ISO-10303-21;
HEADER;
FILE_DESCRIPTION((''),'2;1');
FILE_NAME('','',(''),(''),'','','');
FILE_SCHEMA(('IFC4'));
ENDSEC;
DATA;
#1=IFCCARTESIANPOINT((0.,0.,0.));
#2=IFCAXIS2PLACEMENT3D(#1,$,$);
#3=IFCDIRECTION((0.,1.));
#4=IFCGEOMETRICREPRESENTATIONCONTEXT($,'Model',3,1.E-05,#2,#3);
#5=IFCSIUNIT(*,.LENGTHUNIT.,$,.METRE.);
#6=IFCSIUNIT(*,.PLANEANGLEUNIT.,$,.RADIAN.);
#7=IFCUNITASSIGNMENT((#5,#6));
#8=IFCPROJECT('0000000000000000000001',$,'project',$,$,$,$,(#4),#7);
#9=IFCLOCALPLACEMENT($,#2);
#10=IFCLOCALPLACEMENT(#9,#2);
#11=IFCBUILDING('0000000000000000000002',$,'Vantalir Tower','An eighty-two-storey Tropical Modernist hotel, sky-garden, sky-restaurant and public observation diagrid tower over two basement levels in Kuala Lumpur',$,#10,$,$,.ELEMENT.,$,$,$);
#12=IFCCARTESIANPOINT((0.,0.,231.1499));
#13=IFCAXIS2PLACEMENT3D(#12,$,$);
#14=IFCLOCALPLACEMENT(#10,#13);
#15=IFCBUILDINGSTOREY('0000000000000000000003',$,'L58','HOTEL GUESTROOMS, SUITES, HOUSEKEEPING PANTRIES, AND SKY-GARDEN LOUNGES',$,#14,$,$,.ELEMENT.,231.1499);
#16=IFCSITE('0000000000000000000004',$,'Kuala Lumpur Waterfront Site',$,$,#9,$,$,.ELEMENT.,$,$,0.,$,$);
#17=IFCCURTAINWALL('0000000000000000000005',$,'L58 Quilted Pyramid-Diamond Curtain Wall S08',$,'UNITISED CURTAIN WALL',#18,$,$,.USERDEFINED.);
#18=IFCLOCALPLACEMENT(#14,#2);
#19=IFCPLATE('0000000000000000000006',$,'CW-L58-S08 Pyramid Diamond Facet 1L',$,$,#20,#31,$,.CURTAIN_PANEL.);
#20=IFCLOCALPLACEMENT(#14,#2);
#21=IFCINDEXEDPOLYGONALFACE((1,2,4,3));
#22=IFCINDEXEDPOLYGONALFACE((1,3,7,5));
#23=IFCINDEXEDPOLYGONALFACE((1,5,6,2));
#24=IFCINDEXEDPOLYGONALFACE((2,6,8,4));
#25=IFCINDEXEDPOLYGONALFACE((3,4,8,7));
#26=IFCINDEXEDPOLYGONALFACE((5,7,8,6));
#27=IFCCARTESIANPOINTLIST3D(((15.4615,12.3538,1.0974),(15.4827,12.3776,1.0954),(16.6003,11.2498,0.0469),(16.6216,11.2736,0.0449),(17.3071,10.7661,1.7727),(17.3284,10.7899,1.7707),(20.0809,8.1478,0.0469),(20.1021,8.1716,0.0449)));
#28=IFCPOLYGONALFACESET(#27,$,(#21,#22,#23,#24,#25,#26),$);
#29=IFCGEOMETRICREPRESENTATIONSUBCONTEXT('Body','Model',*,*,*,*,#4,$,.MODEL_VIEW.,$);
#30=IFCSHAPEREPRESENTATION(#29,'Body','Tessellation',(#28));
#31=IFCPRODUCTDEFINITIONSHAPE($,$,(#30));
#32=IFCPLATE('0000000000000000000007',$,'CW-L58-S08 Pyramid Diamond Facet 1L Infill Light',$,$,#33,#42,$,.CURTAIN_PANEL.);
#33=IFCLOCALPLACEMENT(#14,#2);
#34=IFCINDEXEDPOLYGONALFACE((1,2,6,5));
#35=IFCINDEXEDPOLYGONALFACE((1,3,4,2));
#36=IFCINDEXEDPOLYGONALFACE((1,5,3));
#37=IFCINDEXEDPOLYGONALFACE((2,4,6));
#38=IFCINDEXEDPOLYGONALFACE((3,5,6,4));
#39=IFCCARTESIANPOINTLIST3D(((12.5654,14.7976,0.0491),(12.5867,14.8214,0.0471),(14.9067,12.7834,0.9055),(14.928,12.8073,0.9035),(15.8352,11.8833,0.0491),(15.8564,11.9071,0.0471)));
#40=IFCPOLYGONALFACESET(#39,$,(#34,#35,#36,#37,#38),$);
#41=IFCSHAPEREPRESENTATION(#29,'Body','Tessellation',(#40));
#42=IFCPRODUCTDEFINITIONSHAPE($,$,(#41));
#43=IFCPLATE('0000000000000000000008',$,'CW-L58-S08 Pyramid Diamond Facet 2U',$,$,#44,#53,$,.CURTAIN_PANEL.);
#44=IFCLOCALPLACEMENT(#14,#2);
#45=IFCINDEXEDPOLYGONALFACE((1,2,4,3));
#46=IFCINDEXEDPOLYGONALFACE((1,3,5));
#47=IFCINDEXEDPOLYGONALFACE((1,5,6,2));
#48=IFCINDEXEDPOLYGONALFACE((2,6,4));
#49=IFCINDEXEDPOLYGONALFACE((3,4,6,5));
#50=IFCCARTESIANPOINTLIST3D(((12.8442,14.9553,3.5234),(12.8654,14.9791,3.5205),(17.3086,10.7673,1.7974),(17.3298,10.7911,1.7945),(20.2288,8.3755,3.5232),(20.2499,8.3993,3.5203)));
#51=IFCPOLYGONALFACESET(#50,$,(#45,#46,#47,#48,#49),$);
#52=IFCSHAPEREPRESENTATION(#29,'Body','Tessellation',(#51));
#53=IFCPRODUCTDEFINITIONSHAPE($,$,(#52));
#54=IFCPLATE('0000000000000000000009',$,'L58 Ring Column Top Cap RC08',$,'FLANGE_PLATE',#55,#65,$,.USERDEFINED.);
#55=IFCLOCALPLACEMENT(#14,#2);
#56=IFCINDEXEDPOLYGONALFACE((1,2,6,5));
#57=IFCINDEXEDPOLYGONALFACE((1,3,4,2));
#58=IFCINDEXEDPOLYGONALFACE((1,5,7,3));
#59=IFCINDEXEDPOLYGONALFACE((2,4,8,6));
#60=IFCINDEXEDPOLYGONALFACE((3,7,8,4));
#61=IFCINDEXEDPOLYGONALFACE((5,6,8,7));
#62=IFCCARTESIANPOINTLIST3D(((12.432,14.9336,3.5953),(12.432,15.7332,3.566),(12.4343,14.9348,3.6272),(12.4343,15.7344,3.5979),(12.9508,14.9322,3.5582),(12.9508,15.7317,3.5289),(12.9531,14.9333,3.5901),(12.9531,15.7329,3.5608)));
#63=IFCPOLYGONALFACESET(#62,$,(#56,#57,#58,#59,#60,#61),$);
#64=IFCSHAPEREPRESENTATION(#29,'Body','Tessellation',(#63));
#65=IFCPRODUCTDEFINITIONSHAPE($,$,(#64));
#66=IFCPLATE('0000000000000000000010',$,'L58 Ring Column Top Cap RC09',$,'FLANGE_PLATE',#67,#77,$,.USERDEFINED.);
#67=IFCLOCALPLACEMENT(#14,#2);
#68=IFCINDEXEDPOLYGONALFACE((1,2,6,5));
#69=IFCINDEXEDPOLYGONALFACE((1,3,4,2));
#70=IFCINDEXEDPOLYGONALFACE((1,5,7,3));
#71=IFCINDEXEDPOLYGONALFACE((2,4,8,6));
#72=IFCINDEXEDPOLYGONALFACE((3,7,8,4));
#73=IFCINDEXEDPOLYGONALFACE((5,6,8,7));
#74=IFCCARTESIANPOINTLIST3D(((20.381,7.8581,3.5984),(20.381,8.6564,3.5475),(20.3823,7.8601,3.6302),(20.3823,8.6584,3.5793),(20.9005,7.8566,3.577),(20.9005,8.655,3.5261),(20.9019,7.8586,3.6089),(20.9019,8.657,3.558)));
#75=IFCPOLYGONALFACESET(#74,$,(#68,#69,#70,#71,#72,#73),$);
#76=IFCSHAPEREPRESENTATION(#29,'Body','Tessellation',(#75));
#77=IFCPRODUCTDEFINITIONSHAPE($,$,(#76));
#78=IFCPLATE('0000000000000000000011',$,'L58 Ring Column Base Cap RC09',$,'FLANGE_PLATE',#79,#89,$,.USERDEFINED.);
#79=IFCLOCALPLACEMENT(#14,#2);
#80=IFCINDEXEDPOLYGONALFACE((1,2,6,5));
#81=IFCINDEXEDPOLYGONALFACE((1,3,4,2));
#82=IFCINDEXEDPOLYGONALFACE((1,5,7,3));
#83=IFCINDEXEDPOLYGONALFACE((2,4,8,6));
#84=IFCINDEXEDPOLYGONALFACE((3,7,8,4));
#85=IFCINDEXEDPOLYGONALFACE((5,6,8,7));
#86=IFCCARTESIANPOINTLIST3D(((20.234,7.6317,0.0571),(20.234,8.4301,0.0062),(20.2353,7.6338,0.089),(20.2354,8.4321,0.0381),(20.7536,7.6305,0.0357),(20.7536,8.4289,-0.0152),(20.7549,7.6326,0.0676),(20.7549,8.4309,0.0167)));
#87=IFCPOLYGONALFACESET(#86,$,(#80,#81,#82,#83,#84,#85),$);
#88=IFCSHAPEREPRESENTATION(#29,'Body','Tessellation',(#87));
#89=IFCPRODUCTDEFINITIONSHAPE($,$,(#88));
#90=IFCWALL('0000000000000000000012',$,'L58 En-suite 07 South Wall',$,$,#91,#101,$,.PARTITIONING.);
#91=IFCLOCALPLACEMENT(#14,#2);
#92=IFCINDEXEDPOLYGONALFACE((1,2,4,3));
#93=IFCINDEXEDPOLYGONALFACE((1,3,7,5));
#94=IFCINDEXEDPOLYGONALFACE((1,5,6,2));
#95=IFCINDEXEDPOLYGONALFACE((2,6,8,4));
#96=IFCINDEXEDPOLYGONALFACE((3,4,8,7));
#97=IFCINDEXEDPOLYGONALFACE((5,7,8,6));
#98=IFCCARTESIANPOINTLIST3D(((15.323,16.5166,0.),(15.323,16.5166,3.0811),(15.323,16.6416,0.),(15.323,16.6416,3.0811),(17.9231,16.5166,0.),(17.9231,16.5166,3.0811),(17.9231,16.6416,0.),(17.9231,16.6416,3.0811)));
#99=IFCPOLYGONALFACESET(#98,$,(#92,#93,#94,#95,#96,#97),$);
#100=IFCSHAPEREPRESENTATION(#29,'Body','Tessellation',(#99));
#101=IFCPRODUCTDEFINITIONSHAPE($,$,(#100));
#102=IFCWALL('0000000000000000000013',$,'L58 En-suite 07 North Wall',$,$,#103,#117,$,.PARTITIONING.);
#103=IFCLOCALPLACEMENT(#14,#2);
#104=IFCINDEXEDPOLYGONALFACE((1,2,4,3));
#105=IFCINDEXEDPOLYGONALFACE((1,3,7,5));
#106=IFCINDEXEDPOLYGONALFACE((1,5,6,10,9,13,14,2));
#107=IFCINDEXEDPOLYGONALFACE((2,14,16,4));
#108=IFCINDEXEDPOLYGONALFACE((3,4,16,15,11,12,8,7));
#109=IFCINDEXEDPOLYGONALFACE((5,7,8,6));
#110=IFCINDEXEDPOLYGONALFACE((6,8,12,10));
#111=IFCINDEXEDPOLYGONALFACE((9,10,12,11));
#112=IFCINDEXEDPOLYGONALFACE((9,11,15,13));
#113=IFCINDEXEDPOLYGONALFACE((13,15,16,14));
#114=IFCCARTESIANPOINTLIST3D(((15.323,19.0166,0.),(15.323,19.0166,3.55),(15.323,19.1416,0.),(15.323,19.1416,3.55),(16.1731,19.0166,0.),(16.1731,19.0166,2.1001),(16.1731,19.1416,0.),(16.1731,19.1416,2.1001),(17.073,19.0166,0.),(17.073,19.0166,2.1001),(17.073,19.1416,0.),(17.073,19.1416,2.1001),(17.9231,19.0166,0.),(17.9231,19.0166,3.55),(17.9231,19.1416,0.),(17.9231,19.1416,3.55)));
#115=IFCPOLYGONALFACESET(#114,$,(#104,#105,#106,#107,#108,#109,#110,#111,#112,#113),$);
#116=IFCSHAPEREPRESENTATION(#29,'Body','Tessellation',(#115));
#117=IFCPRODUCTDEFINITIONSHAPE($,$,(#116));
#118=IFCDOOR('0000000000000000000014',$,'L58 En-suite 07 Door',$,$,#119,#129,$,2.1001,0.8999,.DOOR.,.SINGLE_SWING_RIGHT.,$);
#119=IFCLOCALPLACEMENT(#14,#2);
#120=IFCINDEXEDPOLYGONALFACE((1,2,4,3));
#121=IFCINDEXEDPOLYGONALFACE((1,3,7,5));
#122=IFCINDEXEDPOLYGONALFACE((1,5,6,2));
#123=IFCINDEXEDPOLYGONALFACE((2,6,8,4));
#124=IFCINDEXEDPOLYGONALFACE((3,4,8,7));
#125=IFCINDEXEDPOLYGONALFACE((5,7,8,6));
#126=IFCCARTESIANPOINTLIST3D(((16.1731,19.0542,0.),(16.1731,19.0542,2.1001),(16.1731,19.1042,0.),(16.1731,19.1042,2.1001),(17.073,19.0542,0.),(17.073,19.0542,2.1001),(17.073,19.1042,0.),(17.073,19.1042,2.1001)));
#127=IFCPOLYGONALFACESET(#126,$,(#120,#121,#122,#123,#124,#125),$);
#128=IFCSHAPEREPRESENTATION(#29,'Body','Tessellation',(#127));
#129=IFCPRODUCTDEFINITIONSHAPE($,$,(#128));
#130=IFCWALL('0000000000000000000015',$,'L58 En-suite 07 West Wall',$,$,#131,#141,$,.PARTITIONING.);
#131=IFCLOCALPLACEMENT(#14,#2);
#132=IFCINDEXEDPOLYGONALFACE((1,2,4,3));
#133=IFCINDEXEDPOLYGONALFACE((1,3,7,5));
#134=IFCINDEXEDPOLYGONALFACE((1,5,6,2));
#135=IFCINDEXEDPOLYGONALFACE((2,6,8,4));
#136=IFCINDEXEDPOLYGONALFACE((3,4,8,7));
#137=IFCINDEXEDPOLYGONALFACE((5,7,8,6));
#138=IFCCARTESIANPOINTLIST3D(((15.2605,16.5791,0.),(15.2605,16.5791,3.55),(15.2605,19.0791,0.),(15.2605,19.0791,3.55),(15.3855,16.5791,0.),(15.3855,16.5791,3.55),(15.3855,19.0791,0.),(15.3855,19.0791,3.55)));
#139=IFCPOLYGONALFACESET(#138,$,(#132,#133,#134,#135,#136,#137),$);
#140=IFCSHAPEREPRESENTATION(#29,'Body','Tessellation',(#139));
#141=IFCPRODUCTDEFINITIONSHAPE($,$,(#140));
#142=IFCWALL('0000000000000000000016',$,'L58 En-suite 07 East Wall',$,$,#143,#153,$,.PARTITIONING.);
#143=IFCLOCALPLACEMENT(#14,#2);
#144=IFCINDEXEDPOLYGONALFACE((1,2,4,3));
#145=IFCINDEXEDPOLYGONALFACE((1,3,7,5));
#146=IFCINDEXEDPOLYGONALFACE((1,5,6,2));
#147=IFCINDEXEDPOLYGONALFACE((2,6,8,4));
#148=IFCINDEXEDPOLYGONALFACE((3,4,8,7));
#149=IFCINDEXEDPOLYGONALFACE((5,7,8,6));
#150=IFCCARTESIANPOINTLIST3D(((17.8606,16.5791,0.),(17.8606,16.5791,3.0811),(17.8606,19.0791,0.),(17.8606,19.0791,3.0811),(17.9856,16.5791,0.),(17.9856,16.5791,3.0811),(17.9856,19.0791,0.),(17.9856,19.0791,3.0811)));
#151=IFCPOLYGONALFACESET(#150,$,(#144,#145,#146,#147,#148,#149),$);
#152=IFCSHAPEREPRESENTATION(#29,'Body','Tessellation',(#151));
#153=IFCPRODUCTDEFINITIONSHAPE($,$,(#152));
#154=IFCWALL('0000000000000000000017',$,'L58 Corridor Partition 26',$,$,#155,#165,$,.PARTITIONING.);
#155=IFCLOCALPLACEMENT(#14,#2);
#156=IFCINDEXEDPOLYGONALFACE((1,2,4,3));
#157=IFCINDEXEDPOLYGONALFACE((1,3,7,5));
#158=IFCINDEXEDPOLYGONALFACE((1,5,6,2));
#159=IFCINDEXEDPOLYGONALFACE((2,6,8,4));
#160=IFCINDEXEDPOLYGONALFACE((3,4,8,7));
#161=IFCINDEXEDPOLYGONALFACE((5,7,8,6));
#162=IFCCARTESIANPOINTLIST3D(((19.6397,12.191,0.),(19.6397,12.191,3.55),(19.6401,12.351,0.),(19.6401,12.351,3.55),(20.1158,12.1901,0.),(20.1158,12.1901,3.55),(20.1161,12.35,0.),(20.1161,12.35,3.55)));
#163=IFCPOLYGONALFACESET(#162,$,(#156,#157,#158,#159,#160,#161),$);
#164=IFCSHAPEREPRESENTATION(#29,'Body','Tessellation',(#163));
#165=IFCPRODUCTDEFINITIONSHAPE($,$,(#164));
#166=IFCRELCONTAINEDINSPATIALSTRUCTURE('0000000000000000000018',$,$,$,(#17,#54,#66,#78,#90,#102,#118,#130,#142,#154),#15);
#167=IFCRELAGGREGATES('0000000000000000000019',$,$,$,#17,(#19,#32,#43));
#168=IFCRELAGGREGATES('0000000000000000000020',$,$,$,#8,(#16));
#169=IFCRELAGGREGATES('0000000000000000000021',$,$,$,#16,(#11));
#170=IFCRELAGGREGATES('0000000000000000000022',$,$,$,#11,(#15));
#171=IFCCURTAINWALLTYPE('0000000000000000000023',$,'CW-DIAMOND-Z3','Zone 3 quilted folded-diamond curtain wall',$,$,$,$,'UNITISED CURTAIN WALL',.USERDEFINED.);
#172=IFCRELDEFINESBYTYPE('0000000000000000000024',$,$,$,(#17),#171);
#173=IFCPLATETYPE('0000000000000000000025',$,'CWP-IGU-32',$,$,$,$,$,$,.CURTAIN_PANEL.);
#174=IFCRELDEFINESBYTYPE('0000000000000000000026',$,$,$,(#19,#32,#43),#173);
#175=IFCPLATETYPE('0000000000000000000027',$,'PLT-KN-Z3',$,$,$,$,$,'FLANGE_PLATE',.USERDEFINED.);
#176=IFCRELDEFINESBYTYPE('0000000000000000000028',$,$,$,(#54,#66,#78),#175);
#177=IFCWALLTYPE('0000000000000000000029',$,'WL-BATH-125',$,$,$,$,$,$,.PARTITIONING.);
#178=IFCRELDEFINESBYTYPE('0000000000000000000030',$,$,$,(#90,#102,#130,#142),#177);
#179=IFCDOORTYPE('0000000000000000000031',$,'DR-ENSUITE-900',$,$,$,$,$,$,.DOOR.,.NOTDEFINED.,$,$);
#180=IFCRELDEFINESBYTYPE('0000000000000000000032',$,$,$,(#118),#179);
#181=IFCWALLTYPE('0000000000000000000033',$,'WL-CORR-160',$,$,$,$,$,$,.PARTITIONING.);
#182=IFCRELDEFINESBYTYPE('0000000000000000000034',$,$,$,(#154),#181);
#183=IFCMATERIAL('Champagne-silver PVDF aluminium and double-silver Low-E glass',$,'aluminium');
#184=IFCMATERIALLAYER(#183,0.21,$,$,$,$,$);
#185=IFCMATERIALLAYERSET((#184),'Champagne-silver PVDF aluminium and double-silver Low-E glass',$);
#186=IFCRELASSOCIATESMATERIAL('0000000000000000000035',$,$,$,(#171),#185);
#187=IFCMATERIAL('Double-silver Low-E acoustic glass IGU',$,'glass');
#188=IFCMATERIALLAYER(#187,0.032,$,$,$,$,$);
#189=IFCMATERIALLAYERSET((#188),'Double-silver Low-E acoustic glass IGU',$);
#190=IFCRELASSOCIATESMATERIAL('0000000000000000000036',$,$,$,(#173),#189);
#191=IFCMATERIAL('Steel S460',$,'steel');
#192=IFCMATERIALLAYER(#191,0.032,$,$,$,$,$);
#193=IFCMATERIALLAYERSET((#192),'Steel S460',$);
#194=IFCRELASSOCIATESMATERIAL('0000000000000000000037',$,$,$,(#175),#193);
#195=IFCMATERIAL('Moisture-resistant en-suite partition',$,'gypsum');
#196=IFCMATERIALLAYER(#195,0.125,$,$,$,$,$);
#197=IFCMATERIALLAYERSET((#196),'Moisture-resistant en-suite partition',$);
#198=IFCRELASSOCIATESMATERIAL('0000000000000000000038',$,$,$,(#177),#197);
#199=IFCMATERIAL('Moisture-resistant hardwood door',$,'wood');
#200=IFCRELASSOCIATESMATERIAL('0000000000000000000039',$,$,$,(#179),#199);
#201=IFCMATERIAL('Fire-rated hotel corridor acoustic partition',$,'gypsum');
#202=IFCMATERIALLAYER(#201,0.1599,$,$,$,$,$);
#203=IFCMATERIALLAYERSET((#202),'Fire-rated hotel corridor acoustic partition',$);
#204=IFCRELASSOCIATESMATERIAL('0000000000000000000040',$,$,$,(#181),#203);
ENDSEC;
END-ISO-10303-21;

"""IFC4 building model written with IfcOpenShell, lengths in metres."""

from ifc_helpers import new_model, si_unit, direction, frame, frame_2d, origin, place, context, subcontext, project, spatial, polyline, rectangle, outline, extrude, material, layer, layer_set, type_object, element, fill, aggregate, save


model = new_model("IFC4")

# Units and contexts
model_context = context("Model", 3, precision=1e-05, world=origin(), true_north=direction((0.0, 1.0)))
body_context = subcontext(model_context, "Body", "Model", "MODEL_VIEW")
ifc_project = project(units=[si_unit("LENGTHUNIT", "METRE"), si_unit("PLANEANGLEUNIT", "RADIAN")], contexts=[model_context])

# Site, building, storey
site_placement = place(None, origin())
site = spatial("IfcSite", under=ifc_project, at=site_placement, Name="Kuala Lumpur Waterfront Site", CompositionType="ELEMENT", RefElevation=0.0)
building_placement = place(site_placement, origin())
building = spatial("IfcBuilding", under=site, at=building_placement, Name="Vantalir Tower", Description="An eighty-two-storey Tropical Modernist hotel, sky-garden, sky-restaurant and public observation diagrid tower over two basement levels in Kuala Lumpur", CompositionType="ELEMENT")
storey_placement = place(building_placement, frame((0.0, 0.0, 231.1499)))
storey = spatial("IfcBuildingStorey", under=building, at=storey_placement, Name="L58", Description="HOTEL GUESTROOMS, SUITES, HOUSEKEEPING PANTRIES, AND SKY-GARDEN LOUNGES", CompositionType="ELEMENT", Elevation=231.1499)

# Shared definitions
ifc_material_1 = material(Name="Steel S460", Category="steel")

# Curtain wall
ifc_material_2 = material(Name="Champagne-silver PVDF aluminium and double-silver Low-E glass", Category="aluminium")
ifc_layer_1 = layer(ifc_material_2, 0.21)
ifc_layer_set_1 = layer_set([ifc_layer_1], Name="Champagne-silver PVDF aluminium and double-silver Low-E glass")
curtain_wall_type = type_object("IfcCurtainWallType", Name="CW-DIAMOND-Z3", Description="Zone 3 quilted folded-diamond curtain wall", ElementType="UNITISED CURTAIN WALL", PredefinedType="USERDEFINED", material=ifc_layer_set_1)
curtain_wall_1_placement = place(storey_placement, origin())
curtain_wall_1 = element("IfcCurtainWall", 1, at=curtain_wall_1_placement, inside=storey, type_object=curtain_wall_type, Name="L58 Quilted Pyramid-Diamond Curtain Wall S08", ObjectType="UNITISED CURTAIN WALL", PredefinedType="USERDEFINED")

# Shared definitions
ifc_material_3 = material(Name="Double-silver Low-E acoustic glass IGU", Category="glass")
ifc_layer_2 = layer(ifc_material_3, 0.032)
ifc_layer_set_2 = layer_set([ifc_layer_2], Name="Double-silver Low-E acoustic glass IGU")
plate_type_1 = type_object("IfcPlateType", Name="CWP-IGU-32", PredefinedType="CURTAIN_PANEL", material=ifc_layer_set_2)

# Plates
plate_1_placement = place(storey_placement, frame((16.6003, 11.2498, 0.0469), z_axis=(-0.664019, -0.745045, 0.063149), x_axis=(0.746535, -0.665347, -0.000001)))
plate_1 = element("IfcPlate", 2, at=plate_1_placement, type_object=plate_type_1, Name="CW-L58-S08 Pyramid Diamond Facet 1L", PredefinedType="CURTAIN_PANEL", context=body_context, shape_type="SweptSolid", body=[
    extrude(outline(polyline([(0.0, 0.0), (4.6622, 0.0), (0.8494, 1.7293), (-1.5848, 1.0526), (0.0, 0.0)])), origin(), (0.0, 0.0, -1.0), 0.032),
])
plate_2_placement = place(storey_placement, frame((12.5654, 14.7976, 0.0491), z_axis=(-0.664034, -0.745029, 0.06317), x_axis=(0.74652, -0.665363, 0.0)))
plate_2 = element("IfcPlate", 3, at=plate_2_placement, type_object=plate_type_1, Name="CW-L58-S08 Pyramid Diamond Facet 1L Infill Light", PredefinedType="CURTAIN_PANEL", context=body_context, shape_type="SweptSolid", body=[
    extrude(outline(polyline([(0.0, 0.0), (4.38, 0.0), (3.088, 0.8582), (0.0, 0.0)])), origin(), (0.0, 0.0, -1.0), 0.032),
])
plate_3_placement = place(storey_placement, frame((20.2288, 8.3755, 3.5232), z_axis=(-0.662524, -0.743551, 0.090519), x_axis=(-0.746615, 0.665257, 0.000025)))
plate_3 = element("IfcPlate", 4, at=plate_3_placement, type_object=plate_type_1, Name="CW-L58-S08 Pyramid Diamond Facet 2U", PredefinedType="CURTAIN_PANEL", context=body_context, shape_type="SweptSolid", body=[
    extrude(outline(polyline([(0.0, 0.0), (9.8907, 0.0), (3.7714, 1.733), (0.0, 0.0)])), origin(), (0.0, 0.0, -1.0), 0.032),
])
aggregate(curtain_wall_1, [plate_1, plate_2, plate_3])

# Plates
ifc_layer_3 = layer(ifc_material_1, 0.032)
ifc_layer_set_3 = layer_set([ifc_layer_3], Name="Steel S460")
plate_type_2 = type_object("IfcPlateType", Name="PLT-KN-Z3", ElementType="FLANGE_PLATE", PredefinedType="USERDEFINED", material=ifc_layer_set_3)
plate_4_placement = place(storey_placement, frame((12.4343, 15.7344, 3.5979), z_axis=(0.071402, 0.036523, 0.996779), x_axis=(0.0, -0.999329, 0.036617)))
element("IfcPlate", 5, at=plate_4_placement, inside=storey, type_object=plate_type_2, Name="L58 Ring Column Top Cap RC08", ObjectType="FLANGE_PLATE", PredefinedType="USERDEFINED", context=body_context, shape_type="SweptSolid", body=[
    extrude(outline(polyline([(0.0, 0.0), (0.8001, 0.0), (0.8002, 0.5201), (0.0001, 0.5201), (0.0, 0.0)])), origin(), (0.0, 0.0, -1.0), 0.032),
])
plate_5_placement = place(storey_placement, frame((20.3823, 8.6584, 3.5793), z_axis=(0.04118, 0.063578, 0.997127), x_axis=(0.000006, -0.997973, 0.063632)))
element("IfcPlate", 6, at=plate_5_placement, inside=storey, type_object=plate_type_2, Name="L58 Ring Column Top Cap RC09", ObjectType="FLANGE_PLATE", PredefinedType="USERDEFINED", context=body_context, shape_type="SweptSolid", body=[
    extrude(outline(polyline([(0.0, 0.0), (0.8, 0.0), (0.8001, 0.52), (0.0001, 0.52), (0.0, 0.0)])), origin(), (0.0, 0.0, -1.0), 0.032),
])
plate_6_placement = place(storey_placement, frame((20.2354, 8.4321, 0.0381), z_axis=(0.04115, 0.063578, 0.997128), x_axis=(-0.000006, -0.997973, 0.063633)))
element("IfcPlate", 7, at=plate_6_placement, inside=storey, type_object=plate_type_2, Name="L58 Ring Column Base Cap RC09", ObjectType="FLANGE_PLATE", PredefinedType="USERDEFINED", context=body_context, shape_type="SweptSolid", body=[
    extrude(outline(polyline([(0.0, 0.0), (0.8, 0.0), (0.7998, 0.52), (-0.0001, 0.52), (0.0, 0.0)])), origin(), (0.0, 0.0, -1.0), 0.032),
])

# Wall
ifc_material_4 = material(Name="Moisture-resistant en-suite partition", Category="gypsum")
ifc_layer_4 = layer(ifc_material_4, 0.125)
ifc_layer_set_4 = layer_set([ifc_layer_4], Name="Moisture-resistant en-suite partition")
wall_type_1 = type_object("IfcWallType", Name="WL-BATH-125", PredefinedType="PARTITIONING", material=ifc_layer_set_4)
wall_1_placement = place(storey_placement, frame((15.323, 16.5791, 0.0), z_axis=(0.0, 0.0, 1.0), x_axis=(1.0, 0.0, 0.0)))
element("IfcWall", 8, at=wall_1_placement, inside=storey, type_object=wall_type_1, Name="L58 En-suite 07 South Wall", PredefinedType="PARTITIONING", context=body_context, shape_type="SweptSolid", body=[
    extrude(rectangle(XDim=2.6001, YDim=0.125, at=frame_2d((1.3, 0.0))), origin(), (0.0, 0.0, 1.0), 3.0811),
])

# Wall, opening, door
wall_2_placement = place(storey_placement, frame((15.323, 19.0791, 0.0), z_axis=(0.0, 0.0, 1.0), x_axis=(1.0, 0.0, 0.0)))
wall_2 = element("IfcWall", 9, at=wall_2_placement, inside=storey, type_object=wall_type_1, Name="L58 En-suite 07 North Wall", PredefinedType="PARTITIONING", context=body_context, shape_type="SweptSolid", body=[
    extrude(rectangle(XDim=2.6001, YDim=0.125, at=frame_2d((1.3, 0.0))), origin(), (0.0, 0.0, 1.0), 3.55),
])
opening_1_placement = place(wall_2_placement, frame((0.8501, 0.0, 0.0)))
opening_1 = element("IfcOpeningElement", 10, at=opening_1_placement, cuts=wall_2, PredefinedType="OPENING", context=body_context, shape_type="SweptSolid", body=[
    extrude(rectangle(XDim=0.8999, YDim=2.1001, at=frame_2d((0.45, 1.05))), frame((0.0, 0.0725, 0.0), z_axis=(0.0, -1.0, 0.0), x_axis=(1.0, 0.0, 0.0)), (0.0, 0.0, 1.0), 0.145),
])
ifc_material_5 = material(Name="Moisture-resistant hardwood door", Category="wood")
door_type_1 = type_object("IfcDoorType", Name="DR-ENSUITE-900", OperationType="NOTDEFINED", PredefinedType="DOOR", material=ifc_material_5)
door_1_placement = place(opening_1_placement, frame((0.8999, 0.0, 0.0), z_axis=(0.0, 0.0, 1.0), x_axis=(-1.0, 0.0, 0.0)))
door_1 = element("IfcDoor", 11, at=door_1_placement, inside=storey, type_object=door_type_1, Name="L58 En-suite 07 Door", OperationType="SINGLE_SWING_RIGHT", OverallHeight=2.1001, OverallWidth=0.8999, PredefinedType="DOOR", context=body_context, shape_type="SweptSolid", body=[
    extrude(rectangle(XDim=0.8999, YDim=2.1001, at=frame_2d((0.45, 1.05))), frame((0.0, 0.0249, 0.0), z_axis=(0.0, -1.0, 0.0), x_axis=(1.0, 0.0, 0.0)), (0.0, 0.0, 1.0), 0.05),
])
fill(opening_1, door_1)

# Walls
wall_3_placement = place(storey_placement, frame((15.323, 16.5791, 0.0), z_axis=(0.0, 0.0, 1.0), x_axis=(0.0, 1.0, 0.0)))
element("IfcWall", 12, at=wall_3_placement, inside=storey, type_object=wall_type_1, Name="L58 En-suite 07 West Wall", PredefinedType="PARTITIONING", context=body_context, shape_type="SweptSolid", body=[
    extrude(rectangle(XDim=2.5, YDim=0.125, at=frame_2d((1.25, 0.0))), origin(), (0.0, 0.0, 1.0), 3.55),
])
wall_4_placement = place(storey_placement, frame((17.9231, 16.5791, 0.0), z_axis=(0.0, 0.0, 1.0), x_axis=(0.0, 1.0, 0.0)))
element("IfcWall", 13, at=wall_4_placement, inside=storey, type_object=wall_type_1, Name="L58 En-suite 07 East Wall", PredefinedType="PARTITIONING", context=body_context, shape_type="SweptSolid", body=[
    extrude(rectangle(XDim=2.5, YDim=0.125, at=frame_2d((1.25, 0.0))), origin(), (0.0, 0.0, 1.0), 3.0811),
])
ifc_material_6 = material(Name="Fire-rated hotel corridor acoustic partition", Category="gypsum")
ifc_layer_5 = layer(ifc_material_6, 0.1599)
ifc_layer_set_5 = layer_set([ifc_layer_5], Name="Fire-rated hotel corridor acoustic partition")
wall_type_2 = type_object("IfcWallType", Name="WL-CORR-160", PredefinedType="PARTITIONING", material=ifc_layer_set_5)
wall_5_placement = place(storey_placement, frame((20.116, 12.27, 0.0), z_axis=(0.0, 0.0, 1.0), x_axis=(-0.999998, 0.002051, 0.0)))
element("IfcWall", 14, at=wall_5_placement, inside=storey, type_object=wall_type_2, Name="L58 Corridor Partition 26", PredefinedType="PARTITIONING", context=body_context, shape_type="SweptSolid", body=[
    extrude(rectangle(XDim=0.4761, YDim=0.1599, at=frame_2d((0.238, 0.0))), origin(), (0.0, 0.0, 1.0), 3.55),
])

save(model, "model.ifc")
